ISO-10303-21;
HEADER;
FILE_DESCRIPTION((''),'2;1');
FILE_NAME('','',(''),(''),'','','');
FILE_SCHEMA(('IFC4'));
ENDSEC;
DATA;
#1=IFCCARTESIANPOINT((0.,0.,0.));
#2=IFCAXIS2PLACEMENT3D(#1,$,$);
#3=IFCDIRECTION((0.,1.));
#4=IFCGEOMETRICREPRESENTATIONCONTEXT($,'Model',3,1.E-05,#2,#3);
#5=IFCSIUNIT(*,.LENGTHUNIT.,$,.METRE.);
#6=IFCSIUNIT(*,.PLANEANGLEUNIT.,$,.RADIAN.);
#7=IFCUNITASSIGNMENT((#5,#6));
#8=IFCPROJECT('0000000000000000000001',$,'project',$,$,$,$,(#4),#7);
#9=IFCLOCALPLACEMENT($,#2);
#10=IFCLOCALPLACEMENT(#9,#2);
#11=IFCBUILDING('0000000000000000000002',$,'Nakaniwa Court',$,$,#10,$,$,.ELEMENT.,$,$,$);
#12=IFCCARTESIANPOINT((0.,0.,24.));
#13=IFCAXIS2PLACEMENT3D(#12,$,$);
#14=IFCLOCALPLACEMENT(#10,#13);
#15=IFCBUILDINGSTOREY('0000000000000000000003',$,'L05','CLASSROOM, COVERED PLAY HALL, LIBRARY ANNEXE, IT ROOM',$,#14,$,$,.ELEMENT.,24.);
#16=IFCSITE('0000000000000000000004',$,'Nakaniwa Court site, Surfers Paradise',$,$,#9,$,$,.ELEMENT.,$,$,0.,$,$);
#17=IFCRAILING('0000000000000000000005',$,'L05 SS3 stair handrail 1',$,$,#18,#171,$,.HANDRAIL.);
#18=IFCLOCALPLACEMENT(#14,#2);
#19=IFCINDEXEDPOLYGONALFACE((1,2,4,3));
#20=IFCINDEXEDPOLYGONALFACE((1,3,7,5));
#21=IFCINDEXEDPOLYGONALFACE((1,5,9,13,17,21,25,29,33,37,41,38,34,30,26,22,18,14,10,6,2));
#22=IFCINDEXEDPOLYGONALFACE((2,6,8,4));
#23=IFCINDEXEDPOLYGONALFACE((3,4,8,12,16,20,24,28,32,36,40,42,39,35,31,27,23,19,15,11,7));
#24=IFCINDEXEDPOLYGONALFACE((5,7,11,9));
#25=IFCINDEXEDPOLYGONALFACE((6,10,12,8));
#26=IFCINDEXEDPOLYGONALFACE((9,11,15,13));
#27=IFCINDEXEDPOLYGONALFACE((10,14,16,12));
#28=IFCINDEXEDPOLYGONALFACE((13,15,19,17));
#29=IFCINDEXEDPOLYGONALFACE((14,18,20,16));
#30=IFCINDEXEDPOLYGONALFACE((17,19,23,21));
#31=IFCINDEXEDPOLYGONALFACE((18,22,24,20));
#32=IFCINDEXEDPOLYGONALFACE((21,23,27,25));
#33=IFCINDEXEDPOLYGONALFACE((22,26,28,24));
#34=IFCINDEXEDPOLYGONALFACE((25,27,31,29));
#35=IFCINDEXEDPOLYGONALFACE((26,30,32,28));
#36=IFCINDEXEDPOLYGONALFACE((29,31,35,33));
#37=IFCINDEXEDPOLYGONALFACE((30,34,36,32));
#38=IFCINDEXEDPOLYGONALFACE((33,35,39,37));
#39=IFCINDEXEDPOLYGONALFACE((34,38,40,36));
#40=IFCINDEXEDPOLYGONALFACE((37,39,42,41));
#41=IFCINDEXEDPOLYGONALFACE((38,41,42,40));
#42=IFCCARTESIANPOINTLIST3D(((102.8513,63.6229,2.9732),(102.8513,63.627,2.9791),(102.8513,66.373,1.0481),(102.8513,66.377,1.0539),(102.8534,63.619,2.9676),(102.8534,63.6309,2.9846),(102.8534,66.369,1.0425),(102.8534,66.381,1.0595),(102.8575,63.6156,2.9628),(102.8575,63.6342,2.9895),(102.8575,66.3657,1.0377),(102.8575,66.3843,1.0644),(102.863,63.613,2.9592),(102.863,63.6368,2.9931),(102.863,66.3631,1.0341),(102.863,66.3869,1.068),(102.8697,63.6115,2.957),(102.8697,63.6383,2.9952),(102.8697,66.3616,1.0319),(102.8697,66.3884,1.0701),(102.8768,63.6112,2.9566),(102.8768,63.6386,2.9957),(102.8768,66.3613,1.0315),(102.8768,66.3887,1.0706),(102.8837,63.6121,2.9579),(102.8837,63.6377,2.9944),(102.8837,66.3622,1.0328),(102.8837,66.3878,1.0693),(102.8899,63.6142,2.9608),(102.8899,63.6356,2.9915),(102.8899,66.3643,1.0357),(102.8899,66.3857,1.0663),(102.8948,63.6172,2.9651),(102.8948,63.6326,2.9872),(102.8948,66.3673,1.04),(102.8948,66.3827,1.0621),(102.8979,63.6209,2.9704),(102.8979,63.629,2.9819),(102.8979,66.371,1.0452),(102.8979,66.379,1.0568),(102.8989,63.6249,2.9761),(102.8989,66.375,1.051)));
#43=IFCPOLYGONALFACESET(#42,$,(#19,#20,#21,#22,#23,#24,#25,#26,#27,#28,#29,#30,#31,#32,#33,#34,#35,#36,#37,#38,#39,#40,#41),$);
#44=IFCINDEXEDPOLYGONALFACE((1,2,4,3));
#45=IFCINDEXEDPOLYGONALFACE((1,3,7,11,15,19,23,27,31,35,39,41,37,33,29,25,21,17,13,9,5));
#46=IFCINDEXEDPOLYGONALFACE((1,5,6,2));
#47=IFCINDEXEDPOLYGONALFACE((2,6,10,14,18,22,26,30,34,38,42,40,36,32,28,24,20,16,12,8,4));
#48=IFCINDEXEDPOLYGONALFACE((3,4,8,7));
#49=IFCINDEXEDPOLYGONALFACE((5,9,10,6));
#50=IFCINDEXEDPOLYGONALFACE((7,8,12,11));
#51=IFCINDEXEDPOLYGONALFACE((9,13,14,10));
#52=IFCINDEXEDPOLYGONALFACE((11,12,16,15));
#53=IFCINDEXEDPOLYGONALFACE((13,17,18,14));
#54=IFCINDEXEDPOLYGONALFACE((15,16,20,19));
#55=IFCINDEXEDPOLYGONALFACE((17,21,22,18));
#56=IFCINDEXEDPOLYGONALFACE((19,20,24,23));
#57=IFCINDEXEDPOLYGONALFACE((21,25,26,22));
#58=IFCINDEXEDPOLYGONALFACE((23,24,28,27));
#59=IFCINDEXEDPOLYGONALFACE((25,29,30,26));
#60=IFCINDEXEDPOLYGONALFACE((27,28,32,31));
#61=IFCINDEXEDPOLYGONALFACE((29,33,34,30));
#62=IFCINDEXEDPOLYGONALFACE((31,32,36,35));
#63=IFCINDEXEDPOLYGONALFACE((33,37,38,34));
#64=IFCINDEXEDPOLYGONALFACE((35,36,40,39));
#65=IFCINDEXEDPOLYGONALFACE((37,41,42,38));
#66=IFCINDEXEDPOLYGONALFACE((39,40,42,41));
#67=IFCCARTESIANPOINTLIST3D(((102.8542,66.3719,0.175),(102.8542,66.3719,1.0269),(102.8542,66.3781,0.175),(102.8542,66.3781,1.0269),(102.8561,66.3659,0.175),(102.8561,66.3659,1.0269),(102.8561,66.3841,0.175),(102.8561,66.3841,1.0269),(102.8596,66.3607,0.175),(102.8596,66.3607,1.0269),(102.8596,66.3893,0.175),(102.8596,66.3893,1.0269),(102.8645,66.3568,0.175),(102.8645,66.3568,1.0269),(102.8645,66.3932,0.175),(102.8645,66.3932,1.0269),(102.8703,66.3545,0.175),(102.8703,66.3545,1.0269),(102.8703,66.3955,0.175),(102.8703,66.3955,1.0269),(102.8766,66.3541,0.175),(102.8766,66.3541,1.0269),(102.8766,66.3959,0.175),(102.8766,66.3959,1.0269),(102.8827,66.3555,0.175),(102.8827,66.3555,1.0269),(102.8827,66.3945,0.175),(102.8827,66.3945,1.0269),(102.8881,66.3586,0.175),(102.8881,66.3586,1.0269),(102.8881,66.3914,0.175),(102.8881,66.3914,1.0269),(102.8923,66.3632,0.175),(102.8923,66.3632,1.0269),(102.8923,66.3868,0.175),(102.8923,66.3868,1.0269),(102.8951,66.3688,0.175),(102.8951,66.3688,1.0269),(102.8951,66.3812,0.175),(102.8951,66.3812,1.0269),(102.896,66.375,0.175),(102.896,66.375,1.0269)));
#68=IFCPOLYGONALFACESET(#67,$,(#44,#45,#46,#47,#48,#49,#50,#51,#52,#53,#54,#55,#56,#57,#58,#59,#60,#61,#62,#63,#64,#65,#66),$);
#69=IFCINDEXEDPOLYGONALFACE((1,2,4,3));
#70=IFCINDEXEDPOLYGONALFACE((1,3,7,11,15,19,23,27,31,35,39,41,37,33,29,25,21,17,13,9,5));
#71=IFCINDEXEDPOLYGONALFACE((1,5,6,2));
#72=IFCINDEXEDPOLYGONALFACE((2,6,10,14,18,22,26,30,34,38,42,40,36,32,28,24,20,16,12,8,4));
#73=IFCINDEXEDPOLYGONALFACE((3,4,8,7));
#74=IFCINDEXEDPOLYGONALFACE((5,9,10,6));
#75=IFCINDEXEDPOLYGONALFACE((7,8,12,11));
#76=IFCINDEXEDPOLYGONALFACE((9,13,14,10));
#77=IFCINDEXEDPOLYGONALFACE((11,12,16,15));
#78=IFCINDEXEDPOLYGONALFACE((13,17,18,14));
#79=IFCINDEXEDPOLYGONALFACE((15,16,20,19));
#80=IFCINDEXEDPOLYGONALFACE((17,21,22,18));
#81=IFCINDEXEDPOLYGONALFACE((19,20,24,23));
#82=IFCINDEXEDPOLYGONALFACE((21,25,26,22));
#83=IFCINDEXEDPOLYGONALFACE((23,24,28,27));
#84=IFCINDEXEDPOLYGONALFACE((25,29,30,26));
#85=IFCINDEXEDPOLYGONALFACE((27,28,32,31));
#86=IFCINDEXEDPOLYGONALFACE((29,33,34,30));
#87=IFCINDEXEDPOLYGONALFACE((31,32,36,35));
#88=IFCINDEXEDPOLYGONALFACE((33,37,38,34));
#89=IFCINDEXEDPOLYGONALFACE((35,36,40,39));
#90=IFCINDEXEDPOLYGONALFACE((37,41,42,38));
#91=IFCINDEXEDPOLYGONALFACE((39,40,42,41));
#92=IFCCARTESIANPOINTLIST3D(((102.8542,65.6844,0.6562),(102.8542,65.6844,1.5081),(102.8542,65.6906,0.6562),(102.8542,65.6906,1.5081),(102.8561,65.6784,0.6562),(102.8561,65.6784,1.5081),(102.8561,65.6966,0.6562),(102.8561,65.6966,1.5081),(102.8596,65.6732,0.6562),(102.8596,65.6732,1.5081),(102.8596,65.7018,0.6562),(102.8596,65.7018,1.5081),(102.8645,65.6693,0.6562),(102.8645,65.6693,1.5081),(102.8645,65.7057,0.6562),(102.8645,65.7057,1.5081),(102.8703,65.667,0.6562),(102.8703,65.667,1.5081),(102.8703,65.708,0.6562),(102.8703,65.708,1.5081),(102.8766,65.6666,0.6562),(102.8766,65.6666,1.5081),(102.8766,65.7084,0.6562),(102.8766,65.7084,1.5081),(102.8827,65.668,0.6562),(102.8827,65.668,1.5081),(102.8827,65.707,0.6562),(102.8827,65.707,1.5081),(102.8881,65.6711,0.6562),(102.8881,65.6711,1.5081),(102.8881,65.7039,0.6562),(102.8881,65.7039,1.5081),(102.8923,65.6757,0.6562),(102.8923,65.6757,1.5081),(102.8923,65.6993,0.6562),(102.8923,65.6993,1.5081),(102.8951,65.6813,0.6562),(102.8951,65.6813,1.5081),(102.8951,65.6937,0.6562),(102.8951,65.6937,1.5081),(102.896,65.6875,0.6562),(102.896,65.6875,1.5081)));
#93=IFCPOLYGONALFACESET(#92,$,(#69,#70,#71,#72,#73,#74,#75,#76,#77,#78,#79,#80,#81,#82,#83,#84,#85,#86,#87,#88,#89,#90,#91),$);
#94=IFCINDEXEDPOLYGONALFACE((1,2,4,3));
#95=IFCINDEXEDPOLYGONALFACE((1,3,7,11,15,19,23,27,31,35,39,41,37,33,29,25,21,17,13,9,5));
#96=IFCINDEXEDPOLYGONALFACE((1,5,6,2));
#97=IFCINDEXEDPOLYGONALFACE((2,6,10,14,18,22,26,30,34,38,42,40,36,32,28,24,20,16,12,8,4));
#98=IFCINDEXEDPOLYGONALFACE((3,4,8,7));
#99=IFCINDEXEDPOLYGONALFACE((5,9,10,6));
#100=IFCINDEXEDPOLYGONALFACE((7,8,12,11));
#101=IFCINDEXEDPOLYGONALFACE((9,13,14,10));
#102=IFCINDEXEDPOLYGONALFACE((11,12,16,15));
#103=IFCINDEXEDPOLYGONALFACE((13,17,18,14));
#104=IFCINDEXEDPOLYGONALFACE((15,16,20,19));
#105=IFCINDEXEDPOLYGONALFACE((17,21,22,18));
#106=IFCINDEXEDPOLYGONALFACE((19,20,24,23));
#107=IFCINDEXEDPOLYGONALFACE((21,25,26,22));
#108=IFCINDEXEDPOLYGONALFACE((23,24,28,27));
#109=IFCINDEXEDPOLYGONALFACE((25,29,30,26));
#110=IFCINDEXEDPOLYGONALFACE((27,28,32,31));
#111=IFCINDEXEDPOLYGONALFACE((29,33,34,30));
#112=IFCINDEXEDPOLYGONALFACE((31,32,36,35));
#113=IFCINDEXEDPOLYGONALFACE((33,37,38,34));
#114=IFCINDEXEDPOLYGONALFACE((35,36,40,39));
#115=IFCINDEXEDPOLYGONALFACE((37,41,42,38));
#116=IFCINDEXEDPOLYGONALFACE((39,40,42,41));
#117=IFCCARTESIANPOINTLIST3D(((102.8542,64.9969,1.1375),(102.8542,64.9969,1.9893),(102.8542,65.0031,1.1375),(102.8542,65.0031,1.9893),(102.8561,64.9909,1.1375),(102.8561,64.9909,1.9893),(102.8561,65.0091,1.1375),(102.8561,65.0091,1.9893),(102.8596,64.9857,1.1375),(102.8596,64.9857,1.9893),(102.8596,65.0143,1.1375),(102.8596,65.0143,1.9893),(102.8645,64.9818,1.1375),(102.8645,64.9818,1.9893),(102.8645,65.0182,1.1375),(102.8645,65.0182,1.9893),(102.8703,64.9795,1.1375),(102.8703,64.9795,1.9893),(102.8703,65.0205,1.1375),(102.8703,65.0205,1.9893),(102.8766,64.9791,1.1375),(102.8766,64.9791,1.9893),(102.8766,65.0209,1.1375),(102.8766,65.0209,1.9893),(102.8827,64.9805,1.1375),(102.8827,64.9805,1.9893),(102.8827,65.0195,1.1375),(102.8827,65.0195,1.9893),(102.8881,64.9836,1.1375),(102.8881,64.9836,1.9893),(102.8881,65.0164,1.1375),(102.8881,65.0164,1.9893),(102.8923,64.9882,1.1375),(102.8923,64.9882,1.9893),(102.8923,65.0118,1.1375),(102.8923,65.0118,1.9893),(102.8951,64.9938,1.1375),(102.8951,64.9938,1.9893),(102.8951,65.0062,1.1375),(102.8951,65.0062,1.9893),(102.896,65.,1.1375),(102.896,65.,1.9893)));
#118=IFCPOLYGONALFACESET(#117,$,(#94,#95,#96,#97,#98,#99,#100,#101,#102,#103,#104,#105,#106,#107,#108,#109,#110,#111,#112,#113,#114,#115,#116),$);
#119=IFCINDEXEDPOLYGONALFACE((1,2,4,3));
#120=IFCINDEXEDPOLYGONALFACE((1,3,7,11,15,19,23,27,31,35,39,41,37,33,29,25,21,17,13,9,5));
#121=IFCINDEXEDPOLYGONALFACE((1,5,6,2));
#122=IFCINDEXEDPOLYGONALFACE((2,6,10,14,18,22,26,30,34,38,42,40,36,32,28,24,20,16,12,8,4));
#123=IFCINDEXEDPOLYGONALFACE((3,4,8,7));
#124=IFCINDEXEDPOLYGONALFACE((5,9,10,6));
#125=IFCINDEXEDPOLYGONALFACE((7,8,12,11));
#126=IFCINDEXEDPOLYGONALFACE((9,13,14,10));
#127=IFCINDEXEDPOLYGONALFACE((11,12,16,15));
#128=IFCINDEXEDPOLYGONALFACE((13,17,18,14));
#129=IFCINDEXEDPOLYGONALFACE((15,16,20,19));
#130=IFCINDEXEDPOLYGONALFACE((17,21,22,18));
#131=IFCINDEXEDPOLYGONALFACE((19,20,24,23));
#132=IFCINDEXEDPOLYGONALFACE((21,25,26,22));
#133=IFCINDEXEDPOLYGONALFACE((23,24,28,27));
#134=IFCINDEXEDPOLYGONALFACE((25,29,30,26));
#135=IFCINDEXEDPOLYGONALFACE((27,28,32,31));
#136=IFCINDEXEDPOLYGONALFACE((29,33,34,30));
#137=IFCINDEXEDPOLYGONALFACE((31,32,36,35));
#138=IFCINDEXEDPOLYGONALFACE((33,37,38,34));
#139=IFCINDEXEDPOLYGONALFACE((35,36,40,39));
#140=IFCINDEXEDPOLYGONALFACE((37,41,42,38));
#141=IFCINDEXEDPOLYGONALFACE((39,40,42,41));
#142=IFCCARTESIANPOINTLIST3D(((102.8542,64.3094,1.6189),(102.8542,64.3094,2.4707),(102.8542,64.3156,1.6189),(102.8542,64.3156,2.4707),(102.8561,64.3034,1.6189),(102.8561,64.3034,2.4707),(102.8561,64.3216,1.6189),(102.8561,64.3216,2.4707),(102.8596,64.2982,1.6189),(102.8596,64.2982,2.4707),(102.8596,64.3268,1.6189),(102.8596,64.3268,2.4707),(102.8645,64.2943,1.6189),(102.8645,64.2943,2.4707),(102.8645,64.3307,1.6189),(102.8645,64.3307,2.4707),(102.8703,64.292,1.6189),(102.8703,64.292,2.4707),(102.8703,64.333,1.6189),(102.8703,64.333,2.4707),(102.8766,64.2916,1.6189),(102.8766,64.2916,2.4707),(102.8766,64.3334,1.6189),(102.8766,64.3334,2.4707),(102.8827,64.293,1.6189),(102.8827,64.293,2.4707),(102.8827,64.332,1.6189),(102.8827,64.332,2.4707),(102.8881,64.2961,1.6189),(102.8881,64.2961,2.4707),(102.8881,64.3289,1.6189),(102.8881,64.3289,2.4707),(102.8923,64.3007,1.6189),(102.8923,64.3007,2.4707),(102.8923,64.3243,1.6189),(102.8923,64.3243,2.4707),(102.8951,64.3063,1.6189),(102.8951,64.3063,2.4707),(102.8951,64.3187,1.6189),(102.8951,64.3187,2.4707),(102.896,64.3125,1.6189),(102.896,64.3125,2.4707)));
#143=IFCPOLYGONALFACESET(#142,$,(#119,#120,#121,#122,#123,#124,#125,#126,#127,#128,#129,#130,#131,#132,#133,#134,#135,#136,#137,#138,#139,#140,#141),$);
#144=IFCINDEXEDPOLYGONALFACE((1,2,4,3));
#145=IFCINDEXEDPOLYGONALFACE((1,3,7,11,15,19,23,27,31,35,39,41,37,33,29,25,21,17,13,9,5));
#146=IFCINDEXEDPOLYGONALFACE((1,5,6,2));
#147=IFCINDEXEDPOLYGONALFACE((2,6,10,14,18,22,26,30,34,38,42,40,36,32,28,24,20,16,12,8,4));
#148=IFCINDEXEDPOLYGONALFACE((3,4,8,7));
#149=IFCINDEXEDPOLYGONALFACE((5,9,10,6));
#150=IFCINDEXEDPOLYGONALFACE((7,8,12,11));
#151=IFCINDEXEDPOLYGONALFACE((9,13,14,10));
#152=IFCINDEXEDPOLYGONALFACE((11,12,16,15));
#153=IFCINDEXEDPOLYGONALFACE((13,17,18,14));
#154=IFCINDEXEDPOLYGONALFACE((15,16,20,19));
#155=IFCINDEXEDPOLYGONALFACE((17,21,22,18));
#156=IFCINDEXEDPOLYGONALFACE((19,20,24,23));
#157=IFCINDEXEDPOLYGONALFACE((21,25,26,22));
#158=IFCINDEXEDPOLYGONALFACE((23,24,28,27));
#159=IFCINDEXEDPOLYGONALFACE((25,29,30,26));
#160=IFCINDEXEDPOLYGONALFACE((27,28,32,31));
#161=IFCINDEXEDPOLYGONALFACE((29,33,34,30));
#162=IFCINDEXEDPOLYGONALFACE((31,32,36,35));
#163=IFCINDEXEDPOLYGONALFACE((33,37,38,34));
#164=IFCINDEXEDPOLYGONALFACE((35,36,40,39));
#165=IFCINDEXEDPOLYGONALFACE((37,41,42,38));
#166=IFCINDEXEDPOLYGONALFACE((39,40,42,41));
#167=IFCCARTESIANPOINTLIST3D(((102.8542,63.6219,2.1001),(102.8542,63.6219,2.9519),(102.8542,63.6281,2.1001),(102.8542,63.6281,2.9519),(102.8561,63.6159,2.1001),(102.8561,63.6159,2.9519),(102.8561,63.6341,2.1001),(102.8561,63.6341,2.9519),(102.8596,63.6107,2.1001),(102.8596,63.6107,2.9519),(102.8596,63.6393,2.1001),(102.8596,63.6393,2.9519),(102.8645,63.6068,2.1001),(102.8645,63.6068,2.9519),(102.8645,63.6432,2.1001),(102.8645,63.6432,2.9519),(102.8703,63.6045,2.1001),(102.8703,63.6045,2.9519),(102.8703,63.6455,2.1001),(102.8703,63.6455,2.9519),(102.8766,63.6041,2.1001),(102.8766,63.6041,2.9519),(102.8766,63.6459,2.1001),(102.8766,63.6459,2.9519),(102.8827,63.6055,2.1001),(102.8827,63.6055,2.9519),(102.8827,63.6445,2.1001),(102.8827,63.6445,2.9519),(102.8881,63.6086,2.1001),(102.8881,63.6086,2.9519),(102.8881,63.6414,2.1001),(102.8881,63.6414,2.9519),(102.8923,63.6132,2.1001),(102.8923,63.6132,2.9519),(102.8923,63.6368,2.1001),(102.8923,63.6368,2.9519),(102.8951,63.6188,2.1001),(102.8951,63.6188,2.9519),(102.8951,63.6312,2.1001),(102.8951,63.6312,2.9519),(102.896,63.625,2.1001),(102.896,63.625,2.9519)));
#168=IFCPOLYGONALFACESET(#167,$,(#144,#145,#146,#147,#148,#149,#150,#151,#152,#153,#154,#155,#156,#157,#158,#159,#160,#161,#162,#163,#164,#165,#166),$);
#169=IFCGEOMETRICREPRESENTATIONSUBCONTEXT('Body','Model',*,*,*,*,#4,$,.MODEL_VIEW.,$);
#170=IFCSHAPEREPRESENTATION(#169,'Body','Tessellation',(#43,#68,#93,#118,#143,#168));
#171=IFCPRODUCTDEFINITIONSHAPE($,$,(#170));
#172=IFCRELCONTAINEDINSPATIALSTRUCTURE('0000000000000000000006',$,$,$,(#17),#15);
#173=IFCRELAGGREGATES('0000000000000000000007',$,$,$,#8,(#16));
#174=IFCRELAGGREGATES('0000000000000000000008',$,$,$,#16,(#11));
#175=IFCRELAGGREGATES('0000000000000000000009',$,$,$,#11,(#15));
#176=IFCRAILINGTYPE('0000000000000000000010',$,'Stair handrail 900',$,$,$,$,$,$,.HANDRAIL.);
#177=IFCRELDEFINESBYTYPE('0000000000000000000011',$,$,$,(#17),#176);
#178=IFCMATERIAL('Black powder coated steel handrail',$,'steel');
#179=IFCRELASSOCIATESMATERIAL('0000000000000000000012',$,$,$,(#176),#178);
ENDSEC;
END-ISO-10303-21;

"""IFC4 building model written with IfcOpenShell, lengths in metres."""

from ifc_helpers import new_model, si_unit, direction, frame, origin, origin_2d, place, context, subcontext, project, spatial, circle, extrude, material, type_object, element, save


model = new_model("IFC4")

# Units and contexts
model_context = context("Model", 3, precision=1e-05, world=origin(), true_north=direction((0.0, 1.0)))
body_context = subcontext(model_context, "Body", "Model", "MODEL_VIEW")
ifc_project = project(units=[si_unit("LENGTHUNIT", "METRE"), si_unit("PLANEANGLEUNIT", "RADIAN")], contexts=[model_context])

# Site, building, storey
site_placement = place(None, origin())
site = spatial("IfcSite", under=ifc_project, at=site_placement, Name="Nakaniwa Court site, Surfers Paradise", CompositionType="ELEMENT", RefElevation=0.0)
building_placement = place(site_placement, origin())
building = spatial("IfcBuilding", under=site, at=building_placement, Name="Nakaniwa Court", CompositionType="ELEMENT")
storey_placement = place(building_placement, frame((0.0, 0.0, 24.0)))
storey = spatial("IfcBuildingStorey", under=building, at=storey_placement, Name="L05", Description="CLASSROOM, COVERED PLAY HALL, LIBRARY ANNEXE, IT ROOM", CompositionType="ELEMENT", Elevation=24.0)

# Railing
ifc_material_1 = material(Name="Black powder coated steel handrail", Category="steel")
railing_type_1 = type_object("IfcRailingType", Name="Stair handrail 900", PredefinedType="HANDRAIL", material=ifc_material_1)
railing_1_placement = place(storey_placement, frame((102.875, 66.375, 0.175)))
element("IfcRailing", 1, at=railing_1_placement, inside=storey, type_object=railing_type_1, Name="L05 SS3 stair handrail 1", PredefinedType="HANDRAIL", context=body_context, shape_type="SweptSolid", body=[
    extrude(circle(Radius=0.0239, at=origin_2d()), frame((0.0, 0.0, 0.876), z_axis=(0.0, -0.819225, 0.573472), x_axis=(1.0, 0.0, 0.0)), (0.0, 0.0, 1.0), 3.3569),
    extrude(circle(Radius=0.021, at=origin_2d()), origin(), (0.0, 0.0, 1.0), 0.8518),
    extrude(circle(Radius=0.021, at=origin_2d()), frame((0.0, -0.6875, 0.4812)), (0.0, 0.0, 1.0), 0.8518),
    extrude(circle(Radius=0.021, at=origin_2d()), frame((0.0, -1.375, 0.9624)), (0.0, 0.0, 1.0), 0.8518),
    extrude(circle(Radius=0.021, at=origin_2d()), frame((0.0, -2.0625, 1.4438)), (0.0, 0.0, 1.0), 0.8518),
    extrude(circle(Radius=0.021, at=origin_2d()), frame((0.0, -2.75, 1.925)), (0.0, 0.0, 1.0), 0.8518),
])

save(model, "model.ifc")
